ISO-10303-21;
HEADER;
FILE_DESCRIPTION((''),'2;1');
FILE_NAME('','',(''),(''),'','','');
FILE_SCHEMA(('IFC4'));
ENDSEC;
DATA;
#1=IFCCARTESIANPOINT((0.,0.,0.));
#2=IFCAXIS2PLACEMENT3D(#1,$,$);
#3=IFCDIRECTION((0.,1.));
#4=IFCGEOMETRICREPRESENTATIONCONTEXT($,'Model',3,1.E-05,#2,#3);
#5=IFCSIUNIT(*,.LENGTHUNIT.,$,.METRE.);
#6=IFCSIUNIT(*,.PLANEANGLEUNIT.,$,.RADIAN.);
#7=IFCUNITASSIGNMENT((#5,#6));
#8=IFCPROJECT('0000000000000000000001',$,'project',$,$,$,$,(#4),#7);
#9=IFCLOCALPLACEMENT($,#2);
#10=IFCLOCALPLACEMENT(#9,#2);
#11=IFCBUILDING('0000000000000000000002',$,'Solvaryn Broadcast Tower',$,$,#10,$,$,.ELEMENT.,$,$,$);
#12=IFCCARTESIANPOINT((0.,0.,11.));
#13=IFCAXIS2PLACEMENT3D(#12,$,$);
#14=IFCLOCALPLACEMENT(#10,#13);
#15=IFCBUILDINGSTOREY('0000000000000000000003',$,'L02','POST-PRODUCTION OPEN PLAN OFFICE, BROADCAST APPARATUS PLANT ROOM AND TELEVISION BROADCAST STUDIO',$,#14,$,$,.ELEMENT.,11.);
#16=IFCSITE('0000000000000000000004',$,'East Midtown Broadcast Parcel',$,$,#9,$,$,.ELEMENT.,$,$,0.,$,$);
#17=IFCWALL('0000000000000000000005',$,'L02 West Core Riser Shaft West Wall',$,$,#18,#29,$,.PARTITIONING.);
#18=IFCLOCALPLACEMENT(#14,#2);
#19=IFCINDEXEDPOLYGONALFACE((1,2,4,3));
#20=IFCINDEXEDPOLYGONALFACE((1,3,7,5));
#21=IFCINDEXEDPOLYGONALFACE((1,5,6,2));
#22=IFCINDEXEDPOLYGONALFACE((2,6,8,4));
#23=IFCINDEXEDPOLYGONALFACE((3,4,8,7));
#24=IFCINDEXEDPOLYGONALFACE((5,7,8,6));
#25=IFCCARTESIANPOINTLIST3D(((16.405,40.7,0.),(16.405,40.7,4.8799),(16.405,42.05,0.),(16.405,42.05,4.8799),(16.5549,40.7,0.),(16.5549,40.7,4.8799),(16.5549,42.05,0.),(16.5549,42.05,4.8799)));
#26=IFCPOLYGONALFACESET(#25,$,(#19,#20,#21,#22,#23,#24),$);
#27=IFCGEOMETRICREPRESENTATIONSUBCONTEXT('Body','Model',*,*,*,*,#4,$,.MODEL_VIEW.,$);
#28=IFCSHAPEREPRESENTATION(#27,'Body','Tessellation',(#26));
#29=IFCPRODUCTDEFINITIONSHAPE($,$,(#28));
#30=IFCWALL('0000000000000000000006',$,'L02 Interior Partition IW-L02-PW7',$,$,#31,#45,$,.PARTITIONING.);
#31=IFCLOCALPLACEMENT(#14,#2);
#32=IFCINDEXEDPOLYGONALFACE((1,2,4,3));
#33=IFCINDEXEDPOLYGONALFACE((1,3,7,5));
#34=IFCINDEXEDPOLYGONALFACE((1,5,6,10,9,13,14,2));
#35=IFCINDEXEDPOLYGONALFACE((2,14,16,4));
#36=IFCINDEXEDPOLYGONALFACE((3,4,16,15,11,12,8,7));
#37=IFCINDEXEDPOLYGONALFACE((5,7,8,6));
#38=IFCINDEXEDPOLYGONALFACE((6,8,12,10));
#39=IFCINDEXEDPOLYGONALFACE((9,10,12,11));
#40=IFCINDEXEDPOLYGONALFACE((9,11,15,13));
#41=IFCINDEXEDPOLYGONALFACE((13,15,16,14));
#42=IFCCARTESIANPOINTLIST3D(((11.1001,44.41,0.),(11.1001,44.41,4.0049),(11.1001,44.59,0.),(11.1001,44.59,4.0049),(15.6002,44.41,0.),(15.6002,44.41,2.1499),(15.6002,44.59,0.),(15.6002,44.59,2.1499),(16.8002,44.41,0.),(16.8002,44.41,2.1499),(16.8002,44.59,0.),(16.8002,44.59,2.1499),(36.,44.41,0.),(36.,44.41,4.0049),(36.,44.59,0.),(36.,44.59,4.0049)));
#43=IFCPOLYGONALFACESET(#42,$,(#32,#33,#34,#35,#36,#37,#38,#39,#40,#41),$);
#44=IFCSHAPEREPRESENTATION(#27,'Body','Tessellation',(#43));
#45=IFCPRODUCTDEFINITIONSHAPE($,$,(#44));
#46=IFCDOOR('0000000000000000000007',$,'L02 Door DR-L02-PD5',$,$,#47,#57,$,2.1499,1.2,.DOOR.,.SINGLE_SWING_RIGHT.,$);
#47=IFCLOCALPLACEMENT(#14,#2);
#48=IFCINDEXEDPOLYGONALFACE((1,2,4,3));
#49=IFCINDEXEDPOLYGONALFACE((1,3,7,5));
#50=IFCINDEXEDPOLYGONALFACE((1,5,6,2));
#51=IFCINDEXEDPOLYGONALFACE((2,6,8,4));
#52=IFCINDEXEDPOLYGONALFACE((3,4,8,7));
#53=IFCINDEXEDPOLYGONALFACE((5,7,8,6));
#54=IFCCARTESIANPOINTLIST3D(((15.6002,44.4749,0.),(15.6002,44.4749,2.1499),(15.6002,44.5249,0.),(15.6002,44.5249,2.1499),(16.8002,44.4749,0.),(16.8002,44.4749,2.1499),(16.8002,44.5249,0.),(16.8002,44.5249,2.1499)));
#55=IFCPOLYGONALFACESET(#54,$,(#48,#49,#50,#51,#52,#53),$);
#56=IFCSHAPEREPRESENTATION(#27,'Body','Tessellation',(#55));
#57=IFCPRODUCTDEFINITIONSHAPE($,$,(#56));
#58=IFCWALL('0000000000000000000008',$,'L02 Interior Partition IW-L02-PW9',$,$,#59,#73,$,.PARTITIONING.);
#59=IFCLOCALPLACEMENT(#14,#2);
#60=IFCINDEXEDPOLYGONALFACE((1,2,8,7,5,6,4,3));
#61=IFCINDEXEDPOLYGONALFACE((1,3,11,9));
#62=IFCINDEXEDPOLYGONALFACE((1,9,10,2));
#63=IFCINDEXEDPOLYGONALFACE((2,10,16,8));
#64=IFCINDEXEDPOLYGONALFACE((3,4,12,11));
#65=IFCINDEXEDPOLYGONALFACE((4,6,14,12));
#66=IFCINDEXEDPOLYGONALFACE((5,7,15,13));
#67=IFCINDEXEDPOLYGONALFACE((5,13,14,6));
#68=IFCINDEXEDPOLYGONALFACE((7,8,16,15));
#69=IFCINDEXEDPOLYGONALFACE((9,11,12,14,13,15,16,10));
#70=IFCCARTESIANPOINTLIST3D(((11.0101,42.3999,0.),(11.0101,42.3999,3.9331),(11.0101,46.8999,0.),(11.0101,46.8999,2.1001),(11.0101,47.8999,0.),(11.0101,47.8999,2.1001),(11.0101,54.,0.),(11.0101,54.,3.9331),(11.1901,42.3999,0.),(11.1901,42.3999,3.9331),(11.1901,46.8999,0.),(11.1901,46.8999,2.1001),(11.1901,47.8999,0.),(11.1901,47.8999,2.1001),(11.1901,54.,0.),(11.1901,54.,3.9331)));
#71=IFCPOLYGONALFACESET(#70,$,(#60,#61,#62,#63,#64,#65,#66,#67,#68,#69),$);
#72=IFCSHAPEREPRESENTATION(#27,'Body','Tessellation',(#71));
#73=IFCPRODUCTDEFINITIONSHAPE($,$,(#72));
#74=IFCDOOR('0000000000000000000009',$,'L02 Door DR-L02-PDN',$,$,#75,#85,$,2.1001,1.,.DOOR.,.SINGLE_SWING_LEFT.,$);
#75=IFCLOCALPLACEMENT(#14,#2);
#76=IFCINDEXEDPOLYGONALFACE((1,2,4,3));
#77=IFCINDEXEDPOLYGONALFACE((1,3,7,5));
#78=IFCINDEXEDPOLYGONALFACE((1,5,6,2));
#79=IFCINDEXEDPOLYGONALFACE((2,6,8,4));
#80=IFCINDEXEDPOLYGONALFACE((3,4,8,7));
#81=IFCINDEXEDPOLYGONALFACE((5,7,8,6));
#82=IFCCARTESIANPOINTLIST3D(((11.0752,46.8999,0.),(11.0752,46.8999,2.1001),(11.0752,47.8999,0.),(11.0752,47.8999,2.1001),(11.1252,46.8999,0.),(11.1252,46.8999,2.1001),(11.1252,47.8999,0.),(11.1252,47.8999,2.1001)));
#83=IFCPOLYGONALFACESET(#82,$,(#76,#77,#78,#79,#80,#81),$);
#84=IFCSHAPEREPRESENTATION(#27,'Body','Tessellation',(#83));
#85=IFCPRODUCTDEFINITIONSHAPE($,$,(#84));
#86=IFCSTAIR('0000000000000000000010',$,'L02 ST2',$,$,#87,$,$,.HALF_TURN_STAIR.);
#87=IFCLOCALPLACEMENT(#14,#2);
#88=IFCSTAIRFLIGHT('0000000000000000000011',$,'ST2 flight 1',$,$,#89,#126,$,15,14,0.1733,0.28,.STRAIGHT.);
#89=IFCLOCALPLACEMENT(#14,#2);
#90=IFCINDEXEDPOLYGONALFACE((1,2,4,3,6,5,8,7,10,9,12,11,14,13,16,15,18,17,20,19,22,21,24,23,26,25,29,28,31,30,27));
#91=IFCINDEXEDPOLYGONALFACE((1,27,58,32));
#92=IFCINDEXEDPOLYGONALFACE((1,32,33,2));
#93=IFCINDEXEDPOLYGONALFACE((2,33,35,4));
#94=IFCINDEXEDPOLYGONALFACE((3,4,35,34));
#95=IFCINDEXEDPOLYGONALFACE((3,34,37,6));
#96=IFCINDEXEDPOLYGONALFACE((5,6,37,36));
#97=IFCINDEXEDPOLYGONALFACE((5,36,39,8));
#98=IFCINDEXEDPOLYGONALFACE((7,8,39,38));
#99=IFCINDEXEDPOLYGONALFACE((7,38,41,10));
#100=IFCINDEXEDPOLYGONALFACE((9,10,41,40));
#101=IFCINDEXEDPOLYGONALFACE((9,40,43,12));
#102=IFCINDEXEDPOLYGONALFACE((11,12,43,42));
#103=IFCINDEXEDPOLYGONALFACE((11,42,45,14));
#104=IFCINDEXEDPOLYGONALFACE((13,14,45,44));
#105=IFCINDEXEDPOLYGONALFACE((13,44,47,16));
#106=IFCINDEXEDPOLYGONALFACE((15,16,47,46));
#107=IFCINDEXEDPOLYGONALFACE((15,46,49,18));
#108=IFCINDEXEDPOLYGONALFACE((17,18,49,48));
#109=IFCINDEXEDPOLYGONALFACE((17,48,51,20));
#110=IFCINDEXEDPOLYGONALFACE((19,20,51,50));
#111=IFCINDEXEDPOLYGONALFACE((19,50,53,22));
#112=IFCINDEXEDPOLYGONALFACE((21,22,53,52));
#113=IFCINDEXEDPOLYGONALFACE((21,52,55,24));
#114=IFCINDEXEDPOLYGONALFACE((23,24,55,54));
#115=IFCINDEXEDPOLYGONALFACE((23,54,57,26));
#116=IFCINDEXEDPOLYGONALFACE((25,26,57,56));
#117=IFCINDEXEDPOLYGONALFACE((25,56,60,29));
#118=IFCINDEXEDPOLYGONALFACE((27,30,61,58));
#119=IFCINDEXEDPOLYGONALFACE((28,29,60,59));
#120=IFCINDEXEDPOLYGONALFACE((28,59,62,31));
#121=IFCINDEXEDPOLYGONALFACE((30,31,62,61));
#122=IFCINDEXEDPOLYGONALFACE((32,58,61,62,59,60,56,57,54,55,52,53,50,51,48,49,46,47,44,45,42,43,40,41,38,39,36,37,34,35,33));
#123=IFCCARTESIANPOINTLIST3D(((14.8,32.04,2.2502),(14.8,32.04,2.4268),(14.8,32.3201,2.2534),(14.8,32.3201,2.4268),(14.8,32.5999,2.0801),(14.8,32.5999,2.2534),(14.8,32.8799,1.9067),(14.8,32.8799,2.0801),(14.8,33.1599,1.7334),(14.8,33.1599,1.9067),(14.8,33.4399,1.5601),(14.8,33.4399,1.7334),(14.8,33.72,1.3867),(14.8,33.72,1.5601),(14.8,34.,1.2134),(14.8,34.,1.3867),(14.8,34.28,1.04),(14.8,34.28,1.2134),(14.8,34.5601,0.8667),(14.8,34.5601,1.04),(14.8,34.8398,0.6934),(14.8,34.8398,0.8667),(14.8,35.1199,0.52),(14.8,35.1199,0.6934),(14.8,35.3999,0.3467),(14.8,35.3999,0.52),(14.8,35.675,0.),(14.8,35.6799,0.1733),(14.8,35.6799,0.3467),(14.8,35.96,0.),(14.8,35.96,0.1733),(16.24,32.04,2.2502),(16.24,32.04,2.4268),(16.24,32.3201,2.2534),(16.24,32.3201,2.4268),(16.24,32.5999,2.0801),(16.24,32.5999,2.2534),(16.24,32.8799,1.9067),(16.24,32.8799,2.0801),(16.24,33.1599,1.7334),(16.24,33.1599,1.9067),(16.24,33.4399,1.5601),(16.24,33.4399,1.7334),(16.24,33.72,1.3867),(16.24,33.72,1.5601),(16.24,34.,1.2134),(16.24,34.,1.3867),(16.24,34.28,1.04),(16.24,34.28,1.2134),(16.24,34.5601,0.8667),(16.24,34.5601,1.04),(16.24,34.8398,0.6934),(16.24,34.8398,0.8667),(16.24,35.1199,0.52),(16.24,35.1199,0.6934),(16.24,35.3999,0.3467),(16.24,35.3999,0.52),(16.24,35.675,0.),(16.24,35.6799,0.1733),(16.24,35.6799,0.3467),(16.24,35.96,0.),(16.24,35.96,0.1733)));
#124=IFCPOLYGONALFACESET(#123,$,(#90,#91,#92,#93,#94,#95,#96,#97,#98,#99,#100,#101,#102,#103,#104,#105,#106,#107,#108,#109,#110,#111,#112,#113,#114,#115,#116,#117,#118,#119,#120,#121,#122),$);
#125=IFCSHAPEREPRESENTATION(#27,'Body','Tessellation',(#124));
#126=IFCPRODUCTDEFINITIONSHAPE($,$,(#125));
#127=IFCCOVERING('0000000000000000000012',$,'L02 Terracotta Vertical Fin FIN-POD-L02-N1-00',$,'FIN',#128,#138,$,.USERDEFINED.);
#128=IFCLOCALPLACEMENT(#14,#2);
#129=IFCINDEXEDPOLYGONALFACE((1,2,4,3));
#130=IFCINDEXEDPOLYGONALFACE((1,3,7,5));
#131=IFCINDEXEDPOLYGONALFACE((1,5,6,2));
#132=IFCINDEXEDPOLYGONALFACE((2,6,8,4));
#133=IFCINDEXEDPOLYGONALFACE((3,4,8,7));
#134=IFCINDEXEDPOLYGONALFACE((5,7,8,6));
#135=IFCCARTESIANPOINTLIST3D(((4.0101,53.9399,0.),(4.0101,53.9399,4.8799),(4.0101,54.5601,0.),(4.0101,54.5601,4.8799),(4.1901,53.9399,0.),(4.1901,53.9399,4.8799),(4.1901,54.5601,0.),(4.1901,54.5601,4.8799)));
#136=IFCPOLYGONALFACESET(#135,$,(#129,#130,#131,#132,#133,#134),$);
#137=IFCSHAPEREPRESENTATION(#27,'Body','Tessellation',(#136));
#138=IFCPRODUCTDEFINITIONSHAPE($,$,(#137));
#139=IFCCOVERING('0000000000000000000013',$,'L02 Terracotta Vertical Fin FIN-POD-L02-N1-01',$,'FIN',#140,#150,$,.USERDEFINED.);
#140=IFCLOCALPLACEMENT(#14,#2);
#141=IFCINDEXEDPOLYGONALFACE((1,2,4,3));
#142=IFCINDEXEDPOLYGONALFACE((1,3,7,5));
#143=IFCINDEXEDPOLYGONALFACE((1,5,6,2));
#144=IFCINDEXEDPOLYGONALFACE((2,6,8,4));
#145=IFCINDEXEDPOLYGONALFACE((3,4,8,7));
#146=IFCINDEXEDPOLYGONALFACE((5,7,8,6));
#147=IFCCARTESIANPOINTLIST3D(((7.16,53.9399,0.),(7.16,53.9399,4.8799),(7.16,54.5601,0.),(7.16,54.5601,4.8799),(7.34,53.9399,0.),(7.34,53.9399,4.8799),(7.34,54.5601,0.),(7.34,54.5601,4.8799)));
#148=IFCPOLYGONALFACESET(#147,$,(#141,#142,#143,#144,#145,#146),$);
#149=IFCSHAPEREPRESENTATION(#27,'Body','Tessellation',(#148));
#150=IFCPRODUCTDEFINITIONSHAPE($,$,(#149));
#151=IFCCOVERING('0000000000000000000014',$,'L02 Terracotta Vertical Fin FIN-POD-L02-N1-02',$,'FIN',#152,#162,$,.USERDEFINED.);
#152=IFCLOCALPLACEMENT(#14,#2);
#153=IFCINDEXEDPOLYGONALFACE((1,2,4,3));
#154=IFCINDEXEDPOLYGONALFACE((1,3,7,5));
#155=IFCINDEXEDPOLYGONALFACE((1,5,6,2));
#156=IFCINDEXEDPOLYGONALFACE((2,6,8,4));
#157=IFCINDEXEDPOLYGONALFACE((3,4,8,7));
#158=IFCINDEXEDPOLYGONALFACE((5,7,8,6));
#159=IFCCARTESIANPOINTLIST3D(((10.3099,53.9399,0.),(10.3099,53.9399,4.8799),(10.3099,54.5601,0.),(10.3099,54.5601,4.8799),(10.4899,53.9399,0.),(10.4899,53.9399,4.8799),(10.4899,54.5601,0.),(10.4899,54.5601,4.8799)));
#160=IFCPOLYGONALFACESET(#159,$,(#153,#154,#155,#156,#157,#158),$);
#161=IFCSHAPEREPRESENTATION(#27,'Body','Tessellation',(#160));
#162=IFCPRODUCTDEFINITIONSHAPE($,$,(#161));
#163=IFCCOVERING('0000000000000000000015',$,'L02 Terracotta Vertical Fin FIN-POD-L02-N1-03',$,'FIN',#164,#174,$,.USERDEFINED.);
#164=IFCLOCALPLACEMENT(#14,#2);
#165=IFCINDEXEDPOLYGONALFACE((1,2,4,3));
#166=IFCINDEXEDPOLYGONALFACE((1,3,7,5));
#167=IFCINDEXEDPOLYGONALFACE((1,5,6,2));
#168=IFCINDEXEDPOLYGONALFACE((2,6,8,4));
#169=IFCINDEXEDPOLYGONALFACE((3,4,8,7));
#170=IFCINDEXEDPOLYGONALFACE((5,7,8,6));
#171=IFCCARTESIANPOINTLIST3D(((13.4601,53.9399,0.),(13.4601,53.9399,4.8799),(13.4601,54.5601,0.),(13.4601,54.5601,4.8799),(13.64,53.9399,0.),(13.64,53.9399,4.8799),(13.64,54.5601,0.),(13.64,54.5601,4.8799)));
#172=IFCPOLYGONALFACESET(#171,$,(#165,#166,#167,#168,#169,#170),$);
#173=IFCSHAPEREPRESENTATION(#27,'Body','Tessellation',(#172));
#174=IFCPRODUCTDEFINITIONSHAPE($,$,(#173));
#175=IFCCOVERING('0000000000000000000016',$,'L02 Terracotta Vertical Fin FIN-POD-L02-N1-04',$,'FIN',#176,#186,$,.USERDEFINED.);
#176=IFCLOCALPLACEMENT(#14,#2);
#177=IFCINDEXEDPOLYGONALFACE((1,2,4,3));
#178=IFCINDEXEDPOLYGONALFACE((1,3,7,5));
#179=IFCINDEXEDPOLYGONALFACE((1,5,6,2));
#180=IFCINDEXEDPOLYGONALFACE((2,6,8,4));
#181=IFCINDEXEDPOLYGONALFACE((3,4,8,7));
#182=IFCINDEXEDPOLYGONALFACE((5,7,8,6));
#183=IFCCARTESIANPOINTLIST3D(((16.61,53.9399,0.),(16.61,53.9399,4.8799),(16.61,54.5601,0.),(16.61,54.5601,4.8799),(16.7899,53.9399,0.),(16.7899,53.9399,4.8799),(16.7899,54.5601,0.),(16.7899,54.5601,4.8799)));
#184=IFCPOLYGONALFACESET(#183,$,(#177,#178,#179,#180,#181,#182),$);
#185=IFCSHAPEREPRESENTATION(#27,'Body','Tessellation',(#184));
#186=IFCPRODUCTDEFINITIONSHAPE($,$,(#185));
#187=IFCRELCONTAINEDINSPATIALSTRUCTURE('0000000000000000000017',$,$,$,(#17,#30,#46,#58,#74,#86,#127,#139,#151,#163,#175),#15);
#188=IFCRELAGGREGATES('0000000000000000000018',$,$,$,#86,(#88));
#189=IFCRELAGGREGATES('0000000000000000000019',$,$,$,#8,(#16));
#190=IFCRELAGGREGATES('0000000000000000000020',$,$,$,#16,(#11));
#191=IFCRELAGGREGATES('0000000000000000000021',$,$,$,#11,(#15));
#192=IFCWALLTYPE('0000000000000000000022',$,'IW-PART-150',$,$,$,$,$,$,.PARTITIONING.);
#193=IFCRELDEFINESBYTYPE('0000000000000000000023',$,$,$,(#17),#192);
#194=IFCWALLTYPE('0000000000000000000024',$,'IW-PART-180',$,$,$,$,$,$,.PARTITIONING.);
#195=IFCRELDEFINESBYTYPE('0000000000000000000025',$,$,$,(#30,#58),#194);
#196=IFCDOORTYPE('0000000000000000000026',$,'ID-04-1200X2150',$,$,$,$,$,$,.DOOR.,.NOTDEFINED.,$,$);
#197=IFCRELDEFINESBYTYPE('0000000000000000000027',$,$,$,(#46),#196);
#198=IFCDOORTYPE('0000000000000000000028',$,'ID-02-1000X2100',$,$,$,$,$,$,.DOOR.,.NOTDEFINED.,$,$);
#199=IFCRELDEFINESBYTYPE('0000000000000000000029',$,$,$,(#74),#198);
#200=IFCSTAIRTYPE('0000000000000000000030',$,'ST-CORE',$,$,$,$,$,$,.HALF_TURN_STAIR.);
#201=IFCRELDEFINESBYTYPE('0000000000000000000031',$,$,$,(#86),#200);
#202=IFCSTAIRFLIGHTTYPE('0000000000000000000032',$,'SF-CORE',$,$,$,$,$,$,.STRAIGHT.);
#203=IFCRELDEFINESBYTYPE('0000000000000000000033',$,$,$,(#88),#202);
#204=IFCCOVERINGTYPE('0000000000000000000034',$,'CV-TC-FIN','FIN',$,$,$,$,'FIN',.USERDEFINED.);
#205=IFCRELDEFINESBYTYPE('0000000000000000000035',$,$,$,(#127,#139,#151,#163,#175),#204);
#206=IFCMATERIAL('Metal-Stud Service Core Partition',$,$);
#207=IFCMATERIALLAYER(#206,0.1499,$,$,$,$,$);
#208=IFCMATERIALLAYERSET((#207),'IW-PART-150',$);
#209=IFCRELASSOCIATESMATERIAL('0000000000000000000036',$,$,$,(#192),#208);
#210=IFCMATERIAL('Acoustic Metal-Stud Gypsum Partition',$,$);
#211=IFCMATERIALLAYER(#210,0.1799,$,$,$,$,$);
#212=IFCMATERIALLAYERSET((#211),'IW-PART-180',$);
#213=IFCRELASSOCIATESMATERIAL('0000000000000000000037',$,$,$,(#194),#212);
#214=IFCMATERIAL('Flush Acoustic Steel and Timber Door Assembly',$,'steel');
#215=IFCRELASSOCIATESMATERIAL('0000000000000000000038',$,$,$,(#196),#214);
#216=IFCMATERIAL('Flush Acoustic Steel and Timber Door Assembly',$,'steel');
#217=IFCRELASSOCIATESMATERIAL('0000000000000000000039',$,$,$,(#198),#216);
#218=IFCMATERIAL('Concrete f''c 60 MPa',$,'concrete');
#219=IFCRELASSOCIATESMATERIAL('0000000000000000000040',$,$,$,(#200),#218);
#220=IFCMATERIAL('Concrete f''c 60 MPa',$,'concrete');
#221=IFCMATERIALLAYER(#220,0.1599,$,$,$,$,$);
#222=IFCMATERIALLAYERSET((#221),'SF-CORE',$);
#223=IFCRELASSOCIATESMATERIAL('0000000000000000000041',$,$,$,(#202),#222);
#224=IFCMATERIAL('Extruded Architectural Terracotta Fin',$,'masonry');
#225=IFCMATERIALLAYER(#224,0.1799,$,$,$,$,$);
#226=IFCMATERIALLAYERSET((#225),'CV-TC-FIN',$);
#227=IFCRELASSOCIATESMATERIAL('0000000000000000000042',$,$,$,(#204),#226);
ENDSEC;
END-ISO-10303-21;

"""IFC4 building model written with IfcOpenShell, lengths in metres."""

from ifc_helpers import new_model, si_unit, direction, frame, frame_2d, origin, origin_2d, place, context, subcontext, project, spatial, polyline, rectangle, outline, extrude, material, layer, layer_set, type_object, element, fill, aggregate, save


model = new_model("IFC4")

# Units and contexts
model_context = context("Model", 3, precision=1e-05, world=origin(), true_north=direction((0.0, 1.0)))
body_context = subcontext(model_context, "Body", "Model", "MODEL_VIEW")
ifc_project = project(units=[si_unit("LENGTHUNIT", "METRE"), si_unit("PLANEANGLEUNIT", "RADIAN")], contexts=[model_context])

# Site, building, storey
site_placement = place(None, origin())
site = spatial("IfcSite", under=ifc_project, at=site_placement, Name="East Midtown Broadcast Parcel", CompositionType="ELEMENT", RefElevation=0.0)
building_placement = place(site_placement, origin())
building = spatial("IfcBuilding", under=site, at=building_placement, Name="Solvaryn Broadcast Tower", CompositionType="ELEMENT")
storey_placement = place(building_placement, frame((0.0, 0.0, 11.0)))
storey = spatial("IfcBuildingStorey", under=building, at=storey_placement, Name="L02", Description="POST-PRODUCTION OPEN PLAN OFFICE, BROADCAST APPARATUS PLANT ROOM AND TELEVISION BROADCAST STUDIO", CompositionType="ELEMENT", Elevation=11.0)

# Wall
ifc_material_1 = material(Name="Metal-Stud Service Core Partition")
ifc_layer_1 = layer(ifc_material_1, 0.1499)
ifc_layer_set_1 = layer_set([ifc_layer_1], Name="IW-PART-150")
wall_type_1 = type_object("IfcWallType", Name="IW-PART-150", PredefinedType="PARTITIONING", material=ifc_layer_set_1)
wall_1_placement = place(storey_placement, frame((16.48, 40.7, 0.0), z_axis=(0.0, 0.0, 1.0), x_axis=(0.0, 1.0, 0.0)))
element("IfcWall", 1, at=wall_1_placement, inside=storey, type_object=wall_type_1, Name="L02 West Core Riser Shaft West Wall", PredefinedType="PARTITIONING", context=body_context, shape_type="SweptSolid", body=[
    extrude(rectangle(XDim=1.3501, YDim=0.1499, at=frame_2d((0.675, 0.0))), origin(), (0.0, 0.0, 1.0), 4.8799),
])

# Walls, openings, doors
ifc_material_2 = material(Name="Acoustic Metal-Stud Gypsum Partition")
ifc_layer_2 = layer(ifc_material_2, 0.1799)
ifc_layer_set_2 = layer_set([ifc_layer_2], Name="IW-PART-180")
wall_type_2 = type_object("IfcWallType", Name="IW-PART-180", PredefinedType="PARTITIONING", material=ifc_layer_set_2)
wall_2_placement = place(storey_placement, frame((11.1001, 44.5, 0.0), z_axis=(0.0, 0.0, 1.0), x_axis=(1.0, 0.0, 0.0)))
wall_2 = element("IfcWall", 2, at=wall_2_placement, inside=storey, type_object=wall_type_2, Name="L02 Interior Partition IW-L02-PW7", PredefinedType="PARTITIONING", context=body_context, shape_type="SweptSolid", body=[
    extrude(rectangle(XDim=24.8999, YDim=0.1799, at=frame_2d((12.45, 0.0))), origin(), (0.0, 0.0, 1.0), 4.0049),
])
opening_1_placement = place(wall_2_placement, frame((4.5, 0.0, 0.0)))
opening_1 = element("IfcOpeningElement", 3, at=opening_1_placement, cuts=wall_2, PredefinedType="OPENING", context=body_context, shape_type="SweptSolid", body=[
    extrude(rectangle(XDim=1.2, YDim=2.1499, at=frame_2d((0.6001, 1.075))), frame((0.0, 0.0999, 0.0), z_axis=(0.0, -1.0, 0.0), x_axis=(1.0, 0.0, 0.0)), (0.0, 0.0, 1.0), 0.2),
])
ifc_material_3 = material(Name="Flush Acoustic Steel and Timber Door Assembly", Category="steel")
door_type_1 = type_object("IfcDoorType", Name="ID-04-1200X2150", OperationType="NOTDEFINED", PredefinedType="DOOR", material=ifc_material_3)
door_1_placement = place(opening_1_placement, origin())
door_1 = element("IfcDoor", 4, at=door_1_placement, inside=storey, type_object=door_type_1, Name="L02 Door DR-L02-PD5", OperationType="SINGLE_SWING_RIGHT", OverallHeight=2.1499, OverallWidth=1.2, PredefinedType="DOOR", context=body_context, shape_type="SweptSolid", body=[
    extrude(rectangle(XDim=1.2, YDim=2.1499, at=frame_2d((0.6001, 1.075))), frame((0.0, 0.0249, 0.0), z_axis=(0.0, -1.0, 0.0), x_axis=(1.0, 0.0, 0.0)), (0.0, 0.0, 1.0), 0.05),
])
fill(opening_1, door_1)
wall_3_placement = place(storey_placement, frame((11.1001, 42.3999, 0.0), z_axis=(0.0, 0.0, 1.0), x_axis=(0.0, 1.0, 0.0)))
wall_3 = element("IfcWall", 5, at=wall_3_placement, inside=storey, type_object=wall_type_2, Name="L02 Interior Partition IW-L02-PW9", PredefinedType="PARTITIONING", context=body_context, shape_type="SweptSolid", body=[
    extrude(rectangle(XDim=11.6001, YDim=0.1799, at=frame_2d((5.8, 0.0))), origin(), (0.0, 0.0, 1.0), 3.9331),
])
opening_2_placement = place(wall_3_placement, frame((4.5, 0.0, 0.0)))
opening_2 = element("IfcOpeningElement", 6, at=opening_2_placement, cuts=wall_3, PredefinedType="OPENING", context=body_context, shape_type="SweptSolid", body=[
    extrude(rectangle(XDim=1.0, YDim=2.1001, at=frame_2d((0.5, 1.05))), frame((0.0, 0.0999, 0.0), z_axis=(0.0, -1.0, 0.0), x_axis=(1.0, 0.0, 0.0)), (0.0, 0.0, 1.0), 0.2),
])
ifc_material_4 = material(Name="Flush Acoustic Steel and Timber Door Assembly", Category="steel")
door_type_2 = type_object("IfcDoorType", Name="ID-02-1000X2100", OperationType="NOTDEFINED", PredefinedType="DOOR", material=ifc_material_4)
door_2_placement = place(opening_2_placement, origin())
door_2 = element("IfcDoor", 7, at=door_2_placement, inside=storey, type_object=door_type_2, Name="L02 Door DR-L02-PDN", OperationType="SINGLE_SWING_LEFT", OverallHeight=2.1001, OverallWidth=1.0, PredefinedType="DOOR", context=body_context, shape_type="SweptSolid", body=[
    extrude(rectangle(XDim=1.0, YDim=2.1001, at=frame_2d((0.5, 1.05))), frame((0.0, 0.0249, 0.0), z_axis=(0.0, -1.0, 0.0), x_axis=(1.0, 0.0, 0.0)), (0.0, 0.0, 1.0), 0.05),
])
fill(opening_2, door_2)

# Stair, stair flight
ifc_material_5 = material(Name="Concrete f'c 60 MPa", Category="concrete")
stair_type = type_object("IfcStairType", Name="ST-CORE", PredefinedType="HALF_TURN_STAIR", material=ifc_material_5)
stair_placement = place(storey_placement, origin())
stair = element("IfcStair", 8, at=stair_placement, inside=storey, type_object=stair_type, Name="L02 ST2", PredefinedType="HALF_TURN_STAIR")
ifc_material_6 = material(Name="Concrete f'c 60 MPa", Category="concrete")
ifc_layer_3 = layer(ifc_material_6, 0.1599)
ifc_layer_set_3 = layer_set([ifc_layer_3], Name="SF-CORE")
stair_flight_type = type_object("IfcStairFlightType", Name="SF-CORE", PredefinedType="STRAIGHT", material=ifc_layer_set_3)
stair_flight_placement = place(storey_placement, frame((15.52, 35.96, 0.0), z_axis=(0.0, 0.0, 1.0), x_axis=(0.0, -1.0, 0.0)))
stair_flight = element("IfcStairFlight", 9, at=stair_flight_placement, type_object=stair_flight_type, Name="ST2 flight 1", NumberOfRisers=15, NumberOfTreads=14, PredefinedType="STRAIGHT", RiserHeight=0.1733, TreadLength=0.28, context=body_context, shape_type="SweptSolid", body=[
    extrude(outline(polyline([(0.0, 0.0), (0.0, 0.1733), (0.28, 0.1733), (0.28, 0.3467), (0.5601, 0.3467), (0.5601, 0.52), (0.8401, 0.52), (0.8401, 0.6934), (1.1201, 0.6934), (1.1201, 0.8667), (1.3999, 0.8667), (1.3999, 1.04), (1.6799, 1.04), (1.6799, 1.2134), (1.96, 1.2134), (1.96, 1.3867), (2.24, 1.3867), (2.24, 1.5601), (2.52, 1.5601), (2.52, 1.7334), (2.8, 1.7334), (2.8, 1.9067), (3.0801, 1.9067), (3.0801, 2.0801), (3.3601, 2.0801), (3.3601, 2.2534), (3.6399, 2.2534), (3.6399, 2.4268), (3.9199, 2.4268), (3.9199, 2.6001), (3.9199, 2.2502), (0.2849, 0.0), (0.0, 0.0)])), frame((0.0, 0.72, 0.0), z_axis=(0.0, -1.0, 0.0), x_axis=(1.0, 0.0, 0.0)), (0.0, 0.0, 1.0), 1.4399),
])
aggregate(stair, [stair_flight])

# Coverings
ifc_material_7 = material(Name="Extruded Architectural Terracotta Fin", Category="masonry")
ifc_layer_4 = layer(ifc_material_7, 0.1799)
ifc_layer_set_4 = layer_set([ifc_layer_4], Name="CV-TC-FIN")
covering_type = type_object("IfcCoveringType", Name="CV-TC-FIN", Description="FIN", ElementType="FIN", PredefinedType="USERDEFINED", material=ifc_layer_set_4)
for number, where, z_axis, x_axis, name in (
    (10, (4.1001, 54.25, 0.0), (0.0, 0.0, 1.0), (1.0, 0.0, 0.0), "L02 Terracotta Vertical Fin FIN-POD-L02-N1-00"),
    (11, (7.25, 54.25, 0.0), (0.0, 0.0, 1.0), (1.0, 0.0, 0.0), "L02 Terracotta Vertical Fin FIN-POD-L02-N1-01"),
    (12, (10.3999, 54.25, 0.0), (0.0, 0.0, 1.0), (1.0, 0.0, 0.0), "L02 Terracotta Vertical Fin FIN-POD-L02-N1-02"),
    (13, (13.55, 54.25, 0.0), (0.0, 0.0, 1.0), (1.0, 0.0, 0.0), "L02 Terracotta Vertical Fin FIN-POD-L02-N1-03"),
    (14, (16.7, 54.25, 0.0), (0.0, 0.0, 1.0), (1.0, 0.0, 0.0), "L02 Terracotta Vertical Fin FIN-POD-L02-N1-04"),
):
    element("IfcCovering", number, at=place(storey_placement, frame(where, z_axis=z_axis, x_axis=x_axis)), inside=storey, type_object=covering_type, Name=name, ObjectType="FIN", PredefinedType="USERDEFINED", context=body_context, shape_type="SweptSolid", body=[
        extrude(rectangle(XDim=0.1799, YDim=0.6201, at=origin_2d()), origin(), (0.0, 0.0, 1.0), 4.8799),
    ])

save(model, "model.ifc")
